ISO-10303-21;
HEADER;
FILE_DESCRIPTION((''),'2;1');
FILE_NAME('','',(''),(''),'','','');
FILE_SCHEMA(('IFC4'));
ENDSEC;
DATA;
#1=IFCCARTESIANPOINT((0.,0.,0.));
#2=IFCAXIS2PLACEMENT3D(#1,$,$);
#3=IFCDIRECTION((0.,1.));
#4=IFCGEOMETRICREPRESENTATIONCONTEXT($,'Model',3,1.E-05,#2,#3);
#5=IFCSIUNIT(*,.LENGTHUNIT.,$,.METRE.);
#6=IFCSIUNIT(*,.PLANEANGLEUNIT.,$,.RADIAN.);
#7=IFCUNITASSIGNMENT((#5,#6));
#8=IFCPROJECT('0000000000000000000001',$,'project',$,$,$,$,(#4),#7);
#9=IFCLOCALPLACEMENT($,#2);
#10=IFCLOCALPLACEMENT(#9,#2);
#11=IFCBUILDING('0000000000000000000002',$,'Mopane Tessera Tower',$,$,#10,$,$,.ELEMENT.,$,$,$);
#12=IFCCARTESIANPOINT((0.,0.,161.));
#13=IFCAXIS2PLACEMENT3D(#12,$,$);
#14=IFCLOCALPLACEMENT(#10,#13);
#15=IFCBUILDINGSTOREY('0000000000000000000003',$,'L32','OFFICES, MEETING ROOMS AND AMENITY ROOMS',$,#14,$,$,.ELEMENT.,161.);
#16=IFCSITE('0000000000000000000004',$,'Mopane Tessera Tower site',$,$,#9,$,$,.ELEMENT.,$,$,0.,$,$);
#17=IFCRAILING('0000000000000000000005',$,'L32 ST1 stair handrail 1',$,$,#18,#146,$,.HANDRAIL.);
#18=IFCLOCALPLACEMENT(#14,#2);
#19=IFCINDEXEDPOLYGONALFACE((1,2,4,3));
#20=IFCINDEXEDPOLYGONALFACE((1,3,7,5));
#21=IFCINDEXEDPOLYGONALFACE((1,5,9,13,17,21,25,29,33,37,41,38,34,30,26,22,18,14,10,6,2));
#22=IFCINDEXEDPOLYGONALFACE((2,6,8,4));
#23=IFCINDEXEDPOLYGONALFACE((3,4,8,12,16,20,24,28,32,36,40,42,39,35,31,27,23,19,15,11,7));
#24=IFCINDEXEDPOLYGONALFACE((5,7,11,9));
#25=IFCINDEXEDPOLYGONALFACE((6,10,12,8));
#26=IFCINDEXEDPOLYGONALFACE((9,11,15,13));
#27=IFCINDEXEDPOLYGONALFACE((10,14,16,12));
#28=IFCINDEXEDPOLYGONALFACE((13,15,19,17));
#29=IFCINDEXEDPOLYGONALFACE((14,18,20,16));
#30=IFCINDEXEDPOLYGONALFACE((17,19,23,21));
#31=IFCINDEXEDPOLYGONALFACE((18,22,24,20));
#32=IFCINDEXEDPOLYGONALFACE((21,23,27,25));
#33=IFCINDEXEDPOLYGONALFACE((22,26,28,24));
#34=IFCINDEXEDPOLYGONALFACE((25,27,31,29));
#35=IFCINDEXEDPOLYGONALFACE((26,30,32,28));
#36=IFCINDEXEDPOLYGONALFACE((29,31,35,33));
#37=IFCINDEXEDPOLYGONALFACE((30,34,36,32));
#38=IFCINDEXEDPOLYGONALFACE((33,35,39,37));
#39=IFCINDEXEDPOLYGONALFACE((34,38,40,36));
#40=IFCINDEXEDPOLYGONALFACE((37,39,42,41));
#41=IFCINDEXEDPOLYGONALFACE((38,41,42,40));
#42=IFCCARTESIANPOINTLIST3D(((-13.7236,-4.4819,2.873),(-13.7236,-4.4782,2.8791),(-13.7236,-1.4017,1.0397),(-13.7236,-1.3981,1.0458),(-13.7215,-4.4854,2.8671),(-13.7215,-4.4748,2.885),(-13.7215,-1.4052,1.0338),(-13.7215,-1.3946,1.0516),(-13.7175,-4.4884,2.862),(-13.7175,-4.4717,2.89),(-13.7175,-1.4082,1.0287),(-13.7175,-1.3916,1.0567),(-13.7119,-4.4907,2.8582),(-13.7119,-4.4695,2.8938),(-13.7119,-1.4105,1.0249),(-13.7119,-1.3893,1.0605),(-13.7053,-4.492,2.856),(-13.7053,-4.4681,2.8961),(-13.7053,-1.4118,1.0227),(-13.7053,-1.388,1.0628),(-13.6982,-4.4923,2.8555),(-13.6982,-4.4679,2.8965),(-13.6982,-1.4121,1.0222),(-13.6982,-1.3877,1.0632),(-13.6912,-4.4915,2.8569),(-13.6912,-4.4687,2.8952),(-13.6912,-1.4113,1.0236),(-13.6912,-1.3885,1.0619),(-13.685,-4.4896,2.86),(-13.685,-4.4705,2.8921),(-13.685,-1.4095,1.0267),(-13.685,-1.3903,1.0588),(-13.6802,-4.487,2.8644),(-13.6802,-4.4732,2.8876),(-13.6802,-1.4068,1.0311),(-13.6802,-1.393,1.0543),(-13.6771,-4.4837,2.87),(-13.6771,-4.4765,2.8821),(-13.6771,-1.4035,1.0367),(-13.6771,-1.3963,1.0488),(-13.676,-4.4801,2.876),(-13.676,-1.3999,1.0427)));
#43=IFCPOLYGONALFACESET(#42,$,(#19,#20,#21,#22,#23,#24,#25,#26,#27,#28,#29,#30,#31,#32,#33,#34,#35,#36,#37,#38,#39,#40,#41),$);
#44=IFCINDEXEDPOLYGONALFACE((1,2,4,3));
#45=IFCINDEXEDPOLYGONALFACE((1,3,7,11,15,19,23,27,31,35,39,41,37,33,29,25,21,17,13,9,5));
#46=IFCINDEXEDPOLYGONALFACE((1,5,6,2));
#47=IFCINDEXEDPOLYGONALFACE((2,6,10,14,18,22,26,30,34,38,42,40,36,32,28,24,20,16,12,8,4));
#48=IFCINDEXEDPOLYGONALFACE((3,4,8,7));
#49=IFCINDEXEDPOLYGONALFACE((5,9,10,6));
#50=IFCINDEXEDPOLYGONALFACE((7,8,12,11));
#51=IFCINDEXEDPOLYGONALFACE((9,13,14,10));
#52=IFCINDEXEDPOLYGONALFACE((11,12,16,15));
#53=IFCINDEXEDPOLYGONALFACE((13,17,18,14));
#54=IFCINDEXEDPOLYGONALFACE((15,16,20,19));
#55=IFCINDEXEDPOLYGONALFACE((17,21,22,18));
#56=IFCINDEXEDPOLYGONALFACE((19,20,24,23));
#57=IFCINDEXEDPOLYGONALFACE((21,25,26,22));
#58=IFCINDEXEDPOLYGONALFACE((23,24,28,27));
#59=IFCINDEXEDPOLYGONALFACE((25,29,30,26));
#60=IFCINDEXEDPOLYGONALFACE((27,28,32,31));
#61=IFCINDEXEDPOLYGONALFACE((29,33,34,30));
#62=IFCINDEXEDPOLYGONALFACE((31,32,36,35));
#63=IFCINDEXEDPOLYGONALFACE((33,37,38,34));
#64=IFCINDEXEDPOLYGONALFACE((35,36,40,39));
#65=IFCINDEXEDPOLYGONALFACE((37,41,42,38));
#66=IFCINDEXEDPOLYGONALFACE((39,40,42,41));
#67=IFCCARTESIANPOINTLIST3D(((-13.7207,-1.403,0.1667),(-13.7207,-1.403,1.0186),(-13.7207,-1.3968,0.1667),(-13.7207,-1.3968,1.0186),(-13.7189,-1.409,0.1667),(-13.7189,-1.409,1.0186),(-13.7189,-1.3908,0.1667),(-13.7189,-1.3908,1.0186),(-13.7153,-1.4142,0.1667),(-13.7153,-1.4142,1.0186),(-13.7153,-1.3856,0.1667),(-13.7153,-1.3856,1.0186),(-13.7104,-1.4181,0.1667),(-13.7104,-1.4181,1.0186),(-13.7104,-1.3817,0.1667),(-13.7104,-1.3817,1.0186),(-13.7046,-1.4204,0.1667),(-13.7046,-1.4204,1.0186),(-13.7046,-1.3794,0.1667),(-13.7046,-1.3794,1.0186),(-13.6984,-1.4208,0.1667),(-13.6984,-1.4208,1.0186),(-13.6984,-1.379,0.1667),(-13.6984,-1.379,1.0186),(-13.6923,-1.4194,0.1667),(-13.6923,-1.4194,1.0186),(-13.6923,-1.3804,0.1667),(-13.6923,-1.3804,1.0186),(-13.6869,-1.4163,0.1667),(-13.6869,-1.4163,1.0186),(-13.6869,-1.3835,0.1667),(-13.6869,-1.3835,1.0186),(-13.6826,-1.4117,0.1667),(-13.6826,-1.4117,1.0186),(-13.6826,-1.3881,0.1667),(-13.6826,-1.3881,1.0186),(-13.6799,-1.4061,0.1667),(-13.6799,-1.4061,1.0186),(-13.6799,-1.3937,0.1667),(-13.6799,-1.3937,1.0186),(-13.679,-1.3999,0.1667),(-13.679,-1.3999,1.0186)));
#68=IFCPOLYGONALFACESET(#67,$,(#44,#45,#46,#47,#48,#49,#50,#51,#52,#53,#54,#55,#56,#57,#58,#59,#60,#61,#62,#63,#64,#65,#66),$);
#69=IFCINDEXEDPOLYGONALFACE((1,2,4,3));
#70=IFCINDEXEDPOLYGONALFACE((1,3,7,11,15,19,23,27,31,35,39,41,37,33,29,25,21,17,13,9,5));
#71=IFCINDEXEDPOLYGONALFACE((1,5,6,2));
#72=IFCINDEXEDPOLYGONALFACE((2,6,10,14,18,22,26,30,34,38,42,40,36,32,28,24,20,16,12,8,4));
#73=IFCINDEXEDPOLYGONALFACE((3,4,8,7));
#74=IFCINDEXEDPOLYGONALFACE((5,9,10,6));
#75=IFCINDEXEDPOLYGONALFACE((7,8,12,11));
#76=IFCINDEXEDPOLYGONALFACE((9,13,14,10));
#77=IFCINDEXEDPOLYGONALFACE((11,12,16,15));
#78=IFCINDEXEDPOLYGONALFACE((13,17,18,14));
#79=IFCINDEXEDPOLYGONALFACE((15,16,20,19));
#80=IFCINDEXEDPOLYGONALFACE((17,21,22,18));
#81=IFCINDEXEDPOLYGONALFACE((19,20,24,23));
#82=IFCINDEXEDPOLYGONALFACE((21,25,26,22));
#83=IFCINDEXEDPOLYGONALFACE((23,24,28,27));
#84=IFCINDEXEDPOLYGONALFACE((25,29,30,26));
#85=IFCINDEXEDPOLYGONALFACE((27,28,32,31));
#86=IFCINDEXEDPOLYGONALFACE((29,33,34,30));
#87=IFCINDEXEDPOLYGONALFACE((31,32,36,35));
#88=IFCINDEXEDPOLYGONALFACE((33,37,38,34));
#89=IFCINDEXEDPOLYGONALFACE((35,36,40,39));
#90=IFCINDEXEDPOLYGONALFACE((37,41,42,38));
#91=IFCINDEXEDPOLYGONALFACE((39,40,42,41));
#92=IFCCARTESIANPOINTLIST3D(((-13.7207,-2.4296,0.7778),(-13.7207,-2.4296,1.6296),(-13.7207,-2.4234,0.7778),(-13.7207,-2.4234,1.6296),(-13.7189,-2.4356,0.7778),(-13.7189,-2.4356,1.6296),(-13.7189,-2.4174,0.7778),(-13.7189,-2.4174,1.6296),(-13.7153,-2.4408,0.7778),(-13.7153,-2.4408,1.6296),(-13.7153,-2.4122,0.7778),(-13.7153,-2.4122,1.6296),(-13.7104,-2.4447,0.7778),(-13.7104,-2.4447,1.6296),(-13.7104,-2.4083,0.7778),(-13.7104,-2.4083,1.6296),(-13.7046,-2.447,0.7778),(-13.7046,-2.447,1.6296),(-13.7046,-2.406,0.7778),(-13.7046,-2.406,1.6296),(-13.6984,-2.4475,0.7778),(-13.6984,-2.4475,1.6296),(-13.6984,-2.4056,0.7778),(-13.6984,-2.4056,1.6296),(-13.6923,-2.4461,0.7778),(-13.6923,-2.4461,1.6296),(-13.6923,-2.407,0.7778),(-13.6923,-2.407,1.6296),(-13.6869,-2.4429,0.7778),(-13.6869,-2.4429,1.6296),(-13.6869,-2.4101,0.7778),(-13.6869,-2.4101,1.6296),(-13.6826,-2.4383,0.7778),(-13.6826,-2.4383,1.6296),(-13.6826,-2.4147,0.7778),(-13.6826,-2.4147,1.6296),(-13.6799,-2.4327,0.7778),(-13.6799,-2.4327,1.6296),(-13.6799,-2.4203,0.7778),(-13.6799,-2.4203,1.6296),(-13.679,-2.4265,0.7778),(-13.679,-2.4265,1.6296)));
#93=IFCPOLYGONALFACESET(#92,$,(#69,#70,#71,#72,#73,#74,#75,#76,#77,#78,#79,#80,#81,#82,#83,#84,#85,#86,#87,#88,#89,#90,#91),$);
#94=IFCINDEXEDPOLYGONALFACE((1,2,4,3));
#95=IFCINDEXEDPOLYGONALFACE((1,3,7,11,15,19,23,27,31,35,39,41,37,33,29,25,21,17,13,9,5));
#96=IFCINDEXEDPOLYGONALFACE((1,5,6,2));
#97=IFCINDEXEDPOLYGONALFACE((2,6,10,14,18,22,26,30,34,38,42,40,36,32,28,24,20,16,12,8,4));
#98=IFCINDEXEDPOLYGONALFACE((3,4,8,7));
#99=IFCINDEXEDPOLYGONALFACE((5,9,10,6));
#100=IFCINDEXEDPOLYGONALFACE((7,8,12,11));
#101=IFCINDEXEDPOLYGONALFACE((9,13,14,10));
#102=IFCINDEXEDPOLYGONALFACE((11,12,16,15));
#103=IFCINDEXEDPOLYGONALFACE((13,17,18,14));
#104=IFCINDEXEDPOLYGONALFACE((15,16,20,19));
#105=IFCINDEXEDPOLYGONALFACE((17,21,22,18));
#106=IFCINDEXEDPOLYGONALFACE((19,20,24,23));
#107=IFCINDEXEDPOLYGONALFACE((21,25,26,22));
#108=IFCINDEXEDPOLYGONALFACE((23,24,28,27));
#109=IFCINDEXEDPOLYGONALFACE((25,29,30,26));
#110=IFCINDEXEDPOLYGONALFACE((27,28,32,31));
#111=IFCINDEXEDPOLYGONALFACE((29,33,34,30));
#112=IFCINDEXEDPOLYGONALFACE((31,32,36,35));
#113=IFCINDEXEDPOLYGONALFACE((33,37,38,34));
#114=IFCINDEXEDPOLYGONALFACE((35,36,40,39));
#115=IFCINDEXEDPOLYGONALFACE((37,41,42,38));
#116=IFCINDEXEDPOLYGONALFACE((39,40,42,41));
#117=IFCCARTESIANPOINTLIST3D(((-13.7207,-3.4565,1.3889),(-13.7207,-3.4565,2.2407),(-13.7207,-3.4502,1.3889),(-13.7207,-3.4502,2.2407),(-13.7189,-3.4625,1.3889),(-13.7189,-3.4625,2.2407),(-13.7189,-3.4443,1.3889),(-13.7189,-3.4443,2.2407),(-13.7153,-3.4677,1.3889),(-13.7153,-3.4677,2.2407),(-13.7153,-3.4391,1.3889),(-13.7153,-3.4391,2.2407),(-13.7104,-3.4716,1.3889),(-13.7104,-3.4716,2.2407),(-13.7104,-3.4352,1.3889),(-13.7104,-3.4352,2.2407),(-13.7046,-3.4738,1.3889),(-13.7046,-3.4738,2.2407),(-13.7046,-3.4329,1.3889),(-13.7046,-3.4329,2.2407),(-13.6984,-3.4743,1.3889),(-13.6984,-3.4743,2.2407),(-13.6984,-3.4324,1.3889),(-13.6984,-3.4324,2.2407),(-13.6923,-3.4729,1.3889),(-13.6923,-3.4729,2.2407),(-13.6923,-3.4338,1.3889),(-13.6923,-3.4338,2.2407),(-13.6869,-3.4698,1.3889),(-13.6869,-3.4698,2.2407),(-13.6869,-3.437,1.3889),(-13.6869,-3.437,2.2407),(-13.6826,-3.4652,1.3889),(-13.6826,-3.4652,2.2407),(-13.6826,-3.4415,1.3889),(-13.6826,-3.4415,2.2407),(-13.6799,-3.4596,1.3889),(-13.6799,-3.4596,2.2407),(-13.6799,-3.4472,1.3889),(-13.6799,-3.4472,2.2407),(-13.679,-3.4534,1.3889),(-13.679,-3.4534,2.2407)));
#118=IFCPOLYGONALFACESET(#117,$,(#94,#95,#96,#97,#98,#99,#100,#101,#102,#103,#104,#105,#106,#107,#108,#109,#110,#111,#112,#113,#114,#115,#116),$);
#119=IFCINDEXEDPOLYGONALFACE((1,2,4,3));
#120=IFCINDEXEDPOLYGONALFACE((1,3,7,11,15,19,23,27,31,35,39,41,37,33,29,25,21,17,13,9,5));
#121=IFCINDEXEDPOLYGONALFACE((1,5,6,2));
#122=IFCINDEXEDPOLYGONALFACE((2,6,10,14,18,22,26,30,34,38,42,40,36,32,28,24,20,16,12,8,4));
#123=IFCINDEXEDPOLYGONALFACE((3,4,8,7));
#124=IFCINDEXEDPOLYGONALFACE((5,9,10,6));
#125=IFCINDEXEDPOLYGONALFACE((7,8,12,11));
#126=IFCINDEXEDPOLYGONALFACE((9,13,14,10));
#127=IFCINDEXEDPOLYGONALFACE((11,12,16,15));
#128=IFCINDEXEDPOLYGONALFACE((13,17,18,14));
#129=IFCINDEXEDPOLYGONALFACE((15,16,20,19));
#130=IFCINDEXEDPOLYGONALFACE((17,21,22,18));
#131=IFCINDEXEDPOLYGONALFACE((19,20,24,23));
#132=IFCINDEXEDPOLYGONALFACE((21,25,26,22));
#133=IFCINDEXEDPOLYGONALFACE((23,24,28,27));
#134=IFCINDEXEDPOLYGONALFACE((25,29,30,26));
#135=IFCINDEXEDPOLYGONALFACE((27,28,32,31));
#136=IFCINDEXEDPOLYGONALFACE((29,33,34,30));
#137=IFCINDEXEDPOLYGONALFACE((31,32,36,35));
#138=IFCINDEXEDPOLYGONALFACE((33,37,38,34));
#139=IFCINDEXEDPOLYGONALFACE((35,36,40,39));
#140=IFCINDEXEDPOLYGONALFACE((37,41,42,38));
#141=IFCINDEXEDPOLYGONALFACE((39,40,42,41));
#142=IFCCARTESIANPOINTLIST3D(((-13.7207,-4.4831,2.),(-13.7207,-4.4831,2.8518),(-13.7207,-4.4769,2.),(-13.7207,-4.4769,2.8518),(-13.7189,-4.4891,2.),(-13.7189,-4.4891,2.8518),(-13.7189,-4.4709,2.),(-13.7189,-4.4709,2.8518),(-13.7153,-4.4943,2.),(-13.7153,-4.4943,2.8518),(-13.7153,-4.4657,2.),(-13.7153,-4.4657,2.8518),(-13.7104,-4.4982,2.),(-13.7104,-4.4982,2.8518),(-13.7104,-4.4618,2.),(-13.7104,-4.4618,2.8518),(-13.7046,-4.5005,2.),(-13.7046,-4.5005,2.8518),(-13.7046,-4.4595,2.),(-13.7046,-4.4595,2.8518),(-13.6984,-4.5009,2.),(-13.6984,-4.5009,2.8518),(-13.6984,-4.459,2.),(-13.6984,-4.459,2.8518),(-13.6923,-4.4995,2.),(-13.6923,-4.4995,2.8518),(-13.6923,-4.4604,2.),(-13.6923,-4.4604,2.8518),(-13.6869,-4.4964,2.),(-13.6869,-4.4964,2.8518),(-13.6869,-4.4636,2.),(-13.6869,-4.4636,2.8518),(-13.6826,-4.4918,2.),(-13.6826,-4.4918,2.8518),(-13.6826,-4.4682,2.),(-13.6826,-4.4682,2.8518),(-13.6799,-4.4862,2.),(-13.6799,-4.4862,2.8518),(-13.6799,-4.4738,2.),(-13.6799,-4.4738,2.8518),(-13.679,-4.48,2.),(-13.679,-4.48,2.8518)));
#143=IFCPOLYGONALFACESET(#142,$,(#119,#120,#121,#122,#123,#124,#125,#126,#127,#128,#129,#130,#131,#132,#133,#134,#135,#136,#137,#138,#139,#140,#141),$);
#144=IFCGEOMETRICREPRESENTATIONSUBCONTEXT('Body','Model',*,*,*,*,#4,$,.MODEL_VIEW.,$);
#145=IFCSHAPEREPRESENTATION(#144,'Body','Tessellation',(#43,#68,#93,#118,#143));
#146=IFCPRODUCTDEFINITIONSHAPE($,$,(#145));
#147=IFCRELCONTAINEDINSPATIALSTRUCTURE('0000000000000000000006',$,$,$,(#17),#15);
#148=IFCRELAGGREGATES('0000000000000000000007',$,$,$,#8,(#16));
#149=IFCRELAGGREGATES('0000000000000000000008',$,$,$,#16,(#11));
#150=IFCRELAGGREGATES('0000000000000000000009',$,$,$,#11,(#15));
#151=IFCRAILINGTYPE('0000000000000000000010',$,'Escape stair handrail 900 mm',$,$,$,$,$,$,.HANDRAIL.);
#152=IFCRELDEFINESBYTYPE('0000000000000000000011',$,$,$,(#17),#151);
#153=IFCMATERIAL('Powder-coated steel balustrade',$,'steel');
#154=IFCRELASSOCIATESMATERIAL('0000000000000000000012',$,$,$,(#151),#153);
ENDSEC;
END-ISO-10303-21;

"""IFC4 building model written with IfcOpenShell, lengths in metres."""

from ifc_helpers import new_model, si_unit, direction, frame, origin, origin_2d, place, context, subcontext, project, spatial, circle, extrude, material, type_object, element, save


model = new_model("IFC4")

# Units and contexts
model_context = context("Model", 3, precision=1e-05, world=origin(), true_north=direction((0.0, 1.0)))
body_context = subcontext(model_context, "Body", "Model", "MODEL_VIEW")
ifc_project = project(units=[si_unit("LENGTHUNIT", "METRE"), si_unit("PLANEANGLEUNIT", "RADIAN")], contexts=[model_context])

# Site, building, storey
site_placement = place(None, origin())
site = spatial("IfcSite", under=ifc_project, at=site_placement, Name="Mopane Tessera Tower site", CompositionType="ELEMENT", RefElevation=0.0)
building_placement = place(site_placement, origin())
building = spatial("IfcBuilding", under=site, at=building_placement, Name="Mopane Tessera Tower", CompositionType="ELEMENT")
storey_placement = place(building_placement, frame((0.0, 0.0, 161.0)))
storey = spatial("IfcBuildingStorey", under=building, at=storey_placement, Name="L32", Description="OFFICES, MEETING ROOMS AND AMENITY ROOMS", CompositionType="ELEMENT", Elevation=161.0)

# Railing
ifc_material_1 = material(Name="Powder-coated steel balustrade", Category="steel")
railing_type = type_object("IfcRailingType", Name="Escape stair handrail 900 mm", PredefinedType="HANDRAIL", material=ifc_material_1)
railing_placement = place(storey_placement, frame((-13.7, -1.3999, 0.1667)))
element("IfcRailing", 1, at=railing_placement, inside=storey, type_object=railing_type, Name="L32 ST1 stair handrail 1", PredefinedType="HANDRAIL", context=body_context, shape_type="SweptSolid", body=[
    extrude(circle(Radius=0.0239, at=origin_2d()), frame((0.0, 0.0, 0.876), z_axis=(0.0, -0.859309, 0.511458), x_axis=(1.0, 0.0, 0.0)), (0.0, 0.0, 1.0), 3.5845),
    extrude(circle(Radius=0.021, at=origin_2d()), origin(), (0.0, 0.0, 1.0), 0.8518),
    extrude(circle(Radius=0.021, at=origin_2d()), frame((0.0, -1.0266, 0.6111)), (0.0, 0.0, 1.0), 0.8518),
    extrude(circle(Radius=0.021, at=origin_2d()), frame((0.0, -2.0535, 1.2222)), (0.0, 0.0, 1.0), 0.8518),
    extrude(circle(Radius=0.021, at=origin_2d()), frame((0.0, -3.0801, 1.8333)), (0.0, 0.0, 1.0), 0.8518),
])

save(model, "model.ifc")
